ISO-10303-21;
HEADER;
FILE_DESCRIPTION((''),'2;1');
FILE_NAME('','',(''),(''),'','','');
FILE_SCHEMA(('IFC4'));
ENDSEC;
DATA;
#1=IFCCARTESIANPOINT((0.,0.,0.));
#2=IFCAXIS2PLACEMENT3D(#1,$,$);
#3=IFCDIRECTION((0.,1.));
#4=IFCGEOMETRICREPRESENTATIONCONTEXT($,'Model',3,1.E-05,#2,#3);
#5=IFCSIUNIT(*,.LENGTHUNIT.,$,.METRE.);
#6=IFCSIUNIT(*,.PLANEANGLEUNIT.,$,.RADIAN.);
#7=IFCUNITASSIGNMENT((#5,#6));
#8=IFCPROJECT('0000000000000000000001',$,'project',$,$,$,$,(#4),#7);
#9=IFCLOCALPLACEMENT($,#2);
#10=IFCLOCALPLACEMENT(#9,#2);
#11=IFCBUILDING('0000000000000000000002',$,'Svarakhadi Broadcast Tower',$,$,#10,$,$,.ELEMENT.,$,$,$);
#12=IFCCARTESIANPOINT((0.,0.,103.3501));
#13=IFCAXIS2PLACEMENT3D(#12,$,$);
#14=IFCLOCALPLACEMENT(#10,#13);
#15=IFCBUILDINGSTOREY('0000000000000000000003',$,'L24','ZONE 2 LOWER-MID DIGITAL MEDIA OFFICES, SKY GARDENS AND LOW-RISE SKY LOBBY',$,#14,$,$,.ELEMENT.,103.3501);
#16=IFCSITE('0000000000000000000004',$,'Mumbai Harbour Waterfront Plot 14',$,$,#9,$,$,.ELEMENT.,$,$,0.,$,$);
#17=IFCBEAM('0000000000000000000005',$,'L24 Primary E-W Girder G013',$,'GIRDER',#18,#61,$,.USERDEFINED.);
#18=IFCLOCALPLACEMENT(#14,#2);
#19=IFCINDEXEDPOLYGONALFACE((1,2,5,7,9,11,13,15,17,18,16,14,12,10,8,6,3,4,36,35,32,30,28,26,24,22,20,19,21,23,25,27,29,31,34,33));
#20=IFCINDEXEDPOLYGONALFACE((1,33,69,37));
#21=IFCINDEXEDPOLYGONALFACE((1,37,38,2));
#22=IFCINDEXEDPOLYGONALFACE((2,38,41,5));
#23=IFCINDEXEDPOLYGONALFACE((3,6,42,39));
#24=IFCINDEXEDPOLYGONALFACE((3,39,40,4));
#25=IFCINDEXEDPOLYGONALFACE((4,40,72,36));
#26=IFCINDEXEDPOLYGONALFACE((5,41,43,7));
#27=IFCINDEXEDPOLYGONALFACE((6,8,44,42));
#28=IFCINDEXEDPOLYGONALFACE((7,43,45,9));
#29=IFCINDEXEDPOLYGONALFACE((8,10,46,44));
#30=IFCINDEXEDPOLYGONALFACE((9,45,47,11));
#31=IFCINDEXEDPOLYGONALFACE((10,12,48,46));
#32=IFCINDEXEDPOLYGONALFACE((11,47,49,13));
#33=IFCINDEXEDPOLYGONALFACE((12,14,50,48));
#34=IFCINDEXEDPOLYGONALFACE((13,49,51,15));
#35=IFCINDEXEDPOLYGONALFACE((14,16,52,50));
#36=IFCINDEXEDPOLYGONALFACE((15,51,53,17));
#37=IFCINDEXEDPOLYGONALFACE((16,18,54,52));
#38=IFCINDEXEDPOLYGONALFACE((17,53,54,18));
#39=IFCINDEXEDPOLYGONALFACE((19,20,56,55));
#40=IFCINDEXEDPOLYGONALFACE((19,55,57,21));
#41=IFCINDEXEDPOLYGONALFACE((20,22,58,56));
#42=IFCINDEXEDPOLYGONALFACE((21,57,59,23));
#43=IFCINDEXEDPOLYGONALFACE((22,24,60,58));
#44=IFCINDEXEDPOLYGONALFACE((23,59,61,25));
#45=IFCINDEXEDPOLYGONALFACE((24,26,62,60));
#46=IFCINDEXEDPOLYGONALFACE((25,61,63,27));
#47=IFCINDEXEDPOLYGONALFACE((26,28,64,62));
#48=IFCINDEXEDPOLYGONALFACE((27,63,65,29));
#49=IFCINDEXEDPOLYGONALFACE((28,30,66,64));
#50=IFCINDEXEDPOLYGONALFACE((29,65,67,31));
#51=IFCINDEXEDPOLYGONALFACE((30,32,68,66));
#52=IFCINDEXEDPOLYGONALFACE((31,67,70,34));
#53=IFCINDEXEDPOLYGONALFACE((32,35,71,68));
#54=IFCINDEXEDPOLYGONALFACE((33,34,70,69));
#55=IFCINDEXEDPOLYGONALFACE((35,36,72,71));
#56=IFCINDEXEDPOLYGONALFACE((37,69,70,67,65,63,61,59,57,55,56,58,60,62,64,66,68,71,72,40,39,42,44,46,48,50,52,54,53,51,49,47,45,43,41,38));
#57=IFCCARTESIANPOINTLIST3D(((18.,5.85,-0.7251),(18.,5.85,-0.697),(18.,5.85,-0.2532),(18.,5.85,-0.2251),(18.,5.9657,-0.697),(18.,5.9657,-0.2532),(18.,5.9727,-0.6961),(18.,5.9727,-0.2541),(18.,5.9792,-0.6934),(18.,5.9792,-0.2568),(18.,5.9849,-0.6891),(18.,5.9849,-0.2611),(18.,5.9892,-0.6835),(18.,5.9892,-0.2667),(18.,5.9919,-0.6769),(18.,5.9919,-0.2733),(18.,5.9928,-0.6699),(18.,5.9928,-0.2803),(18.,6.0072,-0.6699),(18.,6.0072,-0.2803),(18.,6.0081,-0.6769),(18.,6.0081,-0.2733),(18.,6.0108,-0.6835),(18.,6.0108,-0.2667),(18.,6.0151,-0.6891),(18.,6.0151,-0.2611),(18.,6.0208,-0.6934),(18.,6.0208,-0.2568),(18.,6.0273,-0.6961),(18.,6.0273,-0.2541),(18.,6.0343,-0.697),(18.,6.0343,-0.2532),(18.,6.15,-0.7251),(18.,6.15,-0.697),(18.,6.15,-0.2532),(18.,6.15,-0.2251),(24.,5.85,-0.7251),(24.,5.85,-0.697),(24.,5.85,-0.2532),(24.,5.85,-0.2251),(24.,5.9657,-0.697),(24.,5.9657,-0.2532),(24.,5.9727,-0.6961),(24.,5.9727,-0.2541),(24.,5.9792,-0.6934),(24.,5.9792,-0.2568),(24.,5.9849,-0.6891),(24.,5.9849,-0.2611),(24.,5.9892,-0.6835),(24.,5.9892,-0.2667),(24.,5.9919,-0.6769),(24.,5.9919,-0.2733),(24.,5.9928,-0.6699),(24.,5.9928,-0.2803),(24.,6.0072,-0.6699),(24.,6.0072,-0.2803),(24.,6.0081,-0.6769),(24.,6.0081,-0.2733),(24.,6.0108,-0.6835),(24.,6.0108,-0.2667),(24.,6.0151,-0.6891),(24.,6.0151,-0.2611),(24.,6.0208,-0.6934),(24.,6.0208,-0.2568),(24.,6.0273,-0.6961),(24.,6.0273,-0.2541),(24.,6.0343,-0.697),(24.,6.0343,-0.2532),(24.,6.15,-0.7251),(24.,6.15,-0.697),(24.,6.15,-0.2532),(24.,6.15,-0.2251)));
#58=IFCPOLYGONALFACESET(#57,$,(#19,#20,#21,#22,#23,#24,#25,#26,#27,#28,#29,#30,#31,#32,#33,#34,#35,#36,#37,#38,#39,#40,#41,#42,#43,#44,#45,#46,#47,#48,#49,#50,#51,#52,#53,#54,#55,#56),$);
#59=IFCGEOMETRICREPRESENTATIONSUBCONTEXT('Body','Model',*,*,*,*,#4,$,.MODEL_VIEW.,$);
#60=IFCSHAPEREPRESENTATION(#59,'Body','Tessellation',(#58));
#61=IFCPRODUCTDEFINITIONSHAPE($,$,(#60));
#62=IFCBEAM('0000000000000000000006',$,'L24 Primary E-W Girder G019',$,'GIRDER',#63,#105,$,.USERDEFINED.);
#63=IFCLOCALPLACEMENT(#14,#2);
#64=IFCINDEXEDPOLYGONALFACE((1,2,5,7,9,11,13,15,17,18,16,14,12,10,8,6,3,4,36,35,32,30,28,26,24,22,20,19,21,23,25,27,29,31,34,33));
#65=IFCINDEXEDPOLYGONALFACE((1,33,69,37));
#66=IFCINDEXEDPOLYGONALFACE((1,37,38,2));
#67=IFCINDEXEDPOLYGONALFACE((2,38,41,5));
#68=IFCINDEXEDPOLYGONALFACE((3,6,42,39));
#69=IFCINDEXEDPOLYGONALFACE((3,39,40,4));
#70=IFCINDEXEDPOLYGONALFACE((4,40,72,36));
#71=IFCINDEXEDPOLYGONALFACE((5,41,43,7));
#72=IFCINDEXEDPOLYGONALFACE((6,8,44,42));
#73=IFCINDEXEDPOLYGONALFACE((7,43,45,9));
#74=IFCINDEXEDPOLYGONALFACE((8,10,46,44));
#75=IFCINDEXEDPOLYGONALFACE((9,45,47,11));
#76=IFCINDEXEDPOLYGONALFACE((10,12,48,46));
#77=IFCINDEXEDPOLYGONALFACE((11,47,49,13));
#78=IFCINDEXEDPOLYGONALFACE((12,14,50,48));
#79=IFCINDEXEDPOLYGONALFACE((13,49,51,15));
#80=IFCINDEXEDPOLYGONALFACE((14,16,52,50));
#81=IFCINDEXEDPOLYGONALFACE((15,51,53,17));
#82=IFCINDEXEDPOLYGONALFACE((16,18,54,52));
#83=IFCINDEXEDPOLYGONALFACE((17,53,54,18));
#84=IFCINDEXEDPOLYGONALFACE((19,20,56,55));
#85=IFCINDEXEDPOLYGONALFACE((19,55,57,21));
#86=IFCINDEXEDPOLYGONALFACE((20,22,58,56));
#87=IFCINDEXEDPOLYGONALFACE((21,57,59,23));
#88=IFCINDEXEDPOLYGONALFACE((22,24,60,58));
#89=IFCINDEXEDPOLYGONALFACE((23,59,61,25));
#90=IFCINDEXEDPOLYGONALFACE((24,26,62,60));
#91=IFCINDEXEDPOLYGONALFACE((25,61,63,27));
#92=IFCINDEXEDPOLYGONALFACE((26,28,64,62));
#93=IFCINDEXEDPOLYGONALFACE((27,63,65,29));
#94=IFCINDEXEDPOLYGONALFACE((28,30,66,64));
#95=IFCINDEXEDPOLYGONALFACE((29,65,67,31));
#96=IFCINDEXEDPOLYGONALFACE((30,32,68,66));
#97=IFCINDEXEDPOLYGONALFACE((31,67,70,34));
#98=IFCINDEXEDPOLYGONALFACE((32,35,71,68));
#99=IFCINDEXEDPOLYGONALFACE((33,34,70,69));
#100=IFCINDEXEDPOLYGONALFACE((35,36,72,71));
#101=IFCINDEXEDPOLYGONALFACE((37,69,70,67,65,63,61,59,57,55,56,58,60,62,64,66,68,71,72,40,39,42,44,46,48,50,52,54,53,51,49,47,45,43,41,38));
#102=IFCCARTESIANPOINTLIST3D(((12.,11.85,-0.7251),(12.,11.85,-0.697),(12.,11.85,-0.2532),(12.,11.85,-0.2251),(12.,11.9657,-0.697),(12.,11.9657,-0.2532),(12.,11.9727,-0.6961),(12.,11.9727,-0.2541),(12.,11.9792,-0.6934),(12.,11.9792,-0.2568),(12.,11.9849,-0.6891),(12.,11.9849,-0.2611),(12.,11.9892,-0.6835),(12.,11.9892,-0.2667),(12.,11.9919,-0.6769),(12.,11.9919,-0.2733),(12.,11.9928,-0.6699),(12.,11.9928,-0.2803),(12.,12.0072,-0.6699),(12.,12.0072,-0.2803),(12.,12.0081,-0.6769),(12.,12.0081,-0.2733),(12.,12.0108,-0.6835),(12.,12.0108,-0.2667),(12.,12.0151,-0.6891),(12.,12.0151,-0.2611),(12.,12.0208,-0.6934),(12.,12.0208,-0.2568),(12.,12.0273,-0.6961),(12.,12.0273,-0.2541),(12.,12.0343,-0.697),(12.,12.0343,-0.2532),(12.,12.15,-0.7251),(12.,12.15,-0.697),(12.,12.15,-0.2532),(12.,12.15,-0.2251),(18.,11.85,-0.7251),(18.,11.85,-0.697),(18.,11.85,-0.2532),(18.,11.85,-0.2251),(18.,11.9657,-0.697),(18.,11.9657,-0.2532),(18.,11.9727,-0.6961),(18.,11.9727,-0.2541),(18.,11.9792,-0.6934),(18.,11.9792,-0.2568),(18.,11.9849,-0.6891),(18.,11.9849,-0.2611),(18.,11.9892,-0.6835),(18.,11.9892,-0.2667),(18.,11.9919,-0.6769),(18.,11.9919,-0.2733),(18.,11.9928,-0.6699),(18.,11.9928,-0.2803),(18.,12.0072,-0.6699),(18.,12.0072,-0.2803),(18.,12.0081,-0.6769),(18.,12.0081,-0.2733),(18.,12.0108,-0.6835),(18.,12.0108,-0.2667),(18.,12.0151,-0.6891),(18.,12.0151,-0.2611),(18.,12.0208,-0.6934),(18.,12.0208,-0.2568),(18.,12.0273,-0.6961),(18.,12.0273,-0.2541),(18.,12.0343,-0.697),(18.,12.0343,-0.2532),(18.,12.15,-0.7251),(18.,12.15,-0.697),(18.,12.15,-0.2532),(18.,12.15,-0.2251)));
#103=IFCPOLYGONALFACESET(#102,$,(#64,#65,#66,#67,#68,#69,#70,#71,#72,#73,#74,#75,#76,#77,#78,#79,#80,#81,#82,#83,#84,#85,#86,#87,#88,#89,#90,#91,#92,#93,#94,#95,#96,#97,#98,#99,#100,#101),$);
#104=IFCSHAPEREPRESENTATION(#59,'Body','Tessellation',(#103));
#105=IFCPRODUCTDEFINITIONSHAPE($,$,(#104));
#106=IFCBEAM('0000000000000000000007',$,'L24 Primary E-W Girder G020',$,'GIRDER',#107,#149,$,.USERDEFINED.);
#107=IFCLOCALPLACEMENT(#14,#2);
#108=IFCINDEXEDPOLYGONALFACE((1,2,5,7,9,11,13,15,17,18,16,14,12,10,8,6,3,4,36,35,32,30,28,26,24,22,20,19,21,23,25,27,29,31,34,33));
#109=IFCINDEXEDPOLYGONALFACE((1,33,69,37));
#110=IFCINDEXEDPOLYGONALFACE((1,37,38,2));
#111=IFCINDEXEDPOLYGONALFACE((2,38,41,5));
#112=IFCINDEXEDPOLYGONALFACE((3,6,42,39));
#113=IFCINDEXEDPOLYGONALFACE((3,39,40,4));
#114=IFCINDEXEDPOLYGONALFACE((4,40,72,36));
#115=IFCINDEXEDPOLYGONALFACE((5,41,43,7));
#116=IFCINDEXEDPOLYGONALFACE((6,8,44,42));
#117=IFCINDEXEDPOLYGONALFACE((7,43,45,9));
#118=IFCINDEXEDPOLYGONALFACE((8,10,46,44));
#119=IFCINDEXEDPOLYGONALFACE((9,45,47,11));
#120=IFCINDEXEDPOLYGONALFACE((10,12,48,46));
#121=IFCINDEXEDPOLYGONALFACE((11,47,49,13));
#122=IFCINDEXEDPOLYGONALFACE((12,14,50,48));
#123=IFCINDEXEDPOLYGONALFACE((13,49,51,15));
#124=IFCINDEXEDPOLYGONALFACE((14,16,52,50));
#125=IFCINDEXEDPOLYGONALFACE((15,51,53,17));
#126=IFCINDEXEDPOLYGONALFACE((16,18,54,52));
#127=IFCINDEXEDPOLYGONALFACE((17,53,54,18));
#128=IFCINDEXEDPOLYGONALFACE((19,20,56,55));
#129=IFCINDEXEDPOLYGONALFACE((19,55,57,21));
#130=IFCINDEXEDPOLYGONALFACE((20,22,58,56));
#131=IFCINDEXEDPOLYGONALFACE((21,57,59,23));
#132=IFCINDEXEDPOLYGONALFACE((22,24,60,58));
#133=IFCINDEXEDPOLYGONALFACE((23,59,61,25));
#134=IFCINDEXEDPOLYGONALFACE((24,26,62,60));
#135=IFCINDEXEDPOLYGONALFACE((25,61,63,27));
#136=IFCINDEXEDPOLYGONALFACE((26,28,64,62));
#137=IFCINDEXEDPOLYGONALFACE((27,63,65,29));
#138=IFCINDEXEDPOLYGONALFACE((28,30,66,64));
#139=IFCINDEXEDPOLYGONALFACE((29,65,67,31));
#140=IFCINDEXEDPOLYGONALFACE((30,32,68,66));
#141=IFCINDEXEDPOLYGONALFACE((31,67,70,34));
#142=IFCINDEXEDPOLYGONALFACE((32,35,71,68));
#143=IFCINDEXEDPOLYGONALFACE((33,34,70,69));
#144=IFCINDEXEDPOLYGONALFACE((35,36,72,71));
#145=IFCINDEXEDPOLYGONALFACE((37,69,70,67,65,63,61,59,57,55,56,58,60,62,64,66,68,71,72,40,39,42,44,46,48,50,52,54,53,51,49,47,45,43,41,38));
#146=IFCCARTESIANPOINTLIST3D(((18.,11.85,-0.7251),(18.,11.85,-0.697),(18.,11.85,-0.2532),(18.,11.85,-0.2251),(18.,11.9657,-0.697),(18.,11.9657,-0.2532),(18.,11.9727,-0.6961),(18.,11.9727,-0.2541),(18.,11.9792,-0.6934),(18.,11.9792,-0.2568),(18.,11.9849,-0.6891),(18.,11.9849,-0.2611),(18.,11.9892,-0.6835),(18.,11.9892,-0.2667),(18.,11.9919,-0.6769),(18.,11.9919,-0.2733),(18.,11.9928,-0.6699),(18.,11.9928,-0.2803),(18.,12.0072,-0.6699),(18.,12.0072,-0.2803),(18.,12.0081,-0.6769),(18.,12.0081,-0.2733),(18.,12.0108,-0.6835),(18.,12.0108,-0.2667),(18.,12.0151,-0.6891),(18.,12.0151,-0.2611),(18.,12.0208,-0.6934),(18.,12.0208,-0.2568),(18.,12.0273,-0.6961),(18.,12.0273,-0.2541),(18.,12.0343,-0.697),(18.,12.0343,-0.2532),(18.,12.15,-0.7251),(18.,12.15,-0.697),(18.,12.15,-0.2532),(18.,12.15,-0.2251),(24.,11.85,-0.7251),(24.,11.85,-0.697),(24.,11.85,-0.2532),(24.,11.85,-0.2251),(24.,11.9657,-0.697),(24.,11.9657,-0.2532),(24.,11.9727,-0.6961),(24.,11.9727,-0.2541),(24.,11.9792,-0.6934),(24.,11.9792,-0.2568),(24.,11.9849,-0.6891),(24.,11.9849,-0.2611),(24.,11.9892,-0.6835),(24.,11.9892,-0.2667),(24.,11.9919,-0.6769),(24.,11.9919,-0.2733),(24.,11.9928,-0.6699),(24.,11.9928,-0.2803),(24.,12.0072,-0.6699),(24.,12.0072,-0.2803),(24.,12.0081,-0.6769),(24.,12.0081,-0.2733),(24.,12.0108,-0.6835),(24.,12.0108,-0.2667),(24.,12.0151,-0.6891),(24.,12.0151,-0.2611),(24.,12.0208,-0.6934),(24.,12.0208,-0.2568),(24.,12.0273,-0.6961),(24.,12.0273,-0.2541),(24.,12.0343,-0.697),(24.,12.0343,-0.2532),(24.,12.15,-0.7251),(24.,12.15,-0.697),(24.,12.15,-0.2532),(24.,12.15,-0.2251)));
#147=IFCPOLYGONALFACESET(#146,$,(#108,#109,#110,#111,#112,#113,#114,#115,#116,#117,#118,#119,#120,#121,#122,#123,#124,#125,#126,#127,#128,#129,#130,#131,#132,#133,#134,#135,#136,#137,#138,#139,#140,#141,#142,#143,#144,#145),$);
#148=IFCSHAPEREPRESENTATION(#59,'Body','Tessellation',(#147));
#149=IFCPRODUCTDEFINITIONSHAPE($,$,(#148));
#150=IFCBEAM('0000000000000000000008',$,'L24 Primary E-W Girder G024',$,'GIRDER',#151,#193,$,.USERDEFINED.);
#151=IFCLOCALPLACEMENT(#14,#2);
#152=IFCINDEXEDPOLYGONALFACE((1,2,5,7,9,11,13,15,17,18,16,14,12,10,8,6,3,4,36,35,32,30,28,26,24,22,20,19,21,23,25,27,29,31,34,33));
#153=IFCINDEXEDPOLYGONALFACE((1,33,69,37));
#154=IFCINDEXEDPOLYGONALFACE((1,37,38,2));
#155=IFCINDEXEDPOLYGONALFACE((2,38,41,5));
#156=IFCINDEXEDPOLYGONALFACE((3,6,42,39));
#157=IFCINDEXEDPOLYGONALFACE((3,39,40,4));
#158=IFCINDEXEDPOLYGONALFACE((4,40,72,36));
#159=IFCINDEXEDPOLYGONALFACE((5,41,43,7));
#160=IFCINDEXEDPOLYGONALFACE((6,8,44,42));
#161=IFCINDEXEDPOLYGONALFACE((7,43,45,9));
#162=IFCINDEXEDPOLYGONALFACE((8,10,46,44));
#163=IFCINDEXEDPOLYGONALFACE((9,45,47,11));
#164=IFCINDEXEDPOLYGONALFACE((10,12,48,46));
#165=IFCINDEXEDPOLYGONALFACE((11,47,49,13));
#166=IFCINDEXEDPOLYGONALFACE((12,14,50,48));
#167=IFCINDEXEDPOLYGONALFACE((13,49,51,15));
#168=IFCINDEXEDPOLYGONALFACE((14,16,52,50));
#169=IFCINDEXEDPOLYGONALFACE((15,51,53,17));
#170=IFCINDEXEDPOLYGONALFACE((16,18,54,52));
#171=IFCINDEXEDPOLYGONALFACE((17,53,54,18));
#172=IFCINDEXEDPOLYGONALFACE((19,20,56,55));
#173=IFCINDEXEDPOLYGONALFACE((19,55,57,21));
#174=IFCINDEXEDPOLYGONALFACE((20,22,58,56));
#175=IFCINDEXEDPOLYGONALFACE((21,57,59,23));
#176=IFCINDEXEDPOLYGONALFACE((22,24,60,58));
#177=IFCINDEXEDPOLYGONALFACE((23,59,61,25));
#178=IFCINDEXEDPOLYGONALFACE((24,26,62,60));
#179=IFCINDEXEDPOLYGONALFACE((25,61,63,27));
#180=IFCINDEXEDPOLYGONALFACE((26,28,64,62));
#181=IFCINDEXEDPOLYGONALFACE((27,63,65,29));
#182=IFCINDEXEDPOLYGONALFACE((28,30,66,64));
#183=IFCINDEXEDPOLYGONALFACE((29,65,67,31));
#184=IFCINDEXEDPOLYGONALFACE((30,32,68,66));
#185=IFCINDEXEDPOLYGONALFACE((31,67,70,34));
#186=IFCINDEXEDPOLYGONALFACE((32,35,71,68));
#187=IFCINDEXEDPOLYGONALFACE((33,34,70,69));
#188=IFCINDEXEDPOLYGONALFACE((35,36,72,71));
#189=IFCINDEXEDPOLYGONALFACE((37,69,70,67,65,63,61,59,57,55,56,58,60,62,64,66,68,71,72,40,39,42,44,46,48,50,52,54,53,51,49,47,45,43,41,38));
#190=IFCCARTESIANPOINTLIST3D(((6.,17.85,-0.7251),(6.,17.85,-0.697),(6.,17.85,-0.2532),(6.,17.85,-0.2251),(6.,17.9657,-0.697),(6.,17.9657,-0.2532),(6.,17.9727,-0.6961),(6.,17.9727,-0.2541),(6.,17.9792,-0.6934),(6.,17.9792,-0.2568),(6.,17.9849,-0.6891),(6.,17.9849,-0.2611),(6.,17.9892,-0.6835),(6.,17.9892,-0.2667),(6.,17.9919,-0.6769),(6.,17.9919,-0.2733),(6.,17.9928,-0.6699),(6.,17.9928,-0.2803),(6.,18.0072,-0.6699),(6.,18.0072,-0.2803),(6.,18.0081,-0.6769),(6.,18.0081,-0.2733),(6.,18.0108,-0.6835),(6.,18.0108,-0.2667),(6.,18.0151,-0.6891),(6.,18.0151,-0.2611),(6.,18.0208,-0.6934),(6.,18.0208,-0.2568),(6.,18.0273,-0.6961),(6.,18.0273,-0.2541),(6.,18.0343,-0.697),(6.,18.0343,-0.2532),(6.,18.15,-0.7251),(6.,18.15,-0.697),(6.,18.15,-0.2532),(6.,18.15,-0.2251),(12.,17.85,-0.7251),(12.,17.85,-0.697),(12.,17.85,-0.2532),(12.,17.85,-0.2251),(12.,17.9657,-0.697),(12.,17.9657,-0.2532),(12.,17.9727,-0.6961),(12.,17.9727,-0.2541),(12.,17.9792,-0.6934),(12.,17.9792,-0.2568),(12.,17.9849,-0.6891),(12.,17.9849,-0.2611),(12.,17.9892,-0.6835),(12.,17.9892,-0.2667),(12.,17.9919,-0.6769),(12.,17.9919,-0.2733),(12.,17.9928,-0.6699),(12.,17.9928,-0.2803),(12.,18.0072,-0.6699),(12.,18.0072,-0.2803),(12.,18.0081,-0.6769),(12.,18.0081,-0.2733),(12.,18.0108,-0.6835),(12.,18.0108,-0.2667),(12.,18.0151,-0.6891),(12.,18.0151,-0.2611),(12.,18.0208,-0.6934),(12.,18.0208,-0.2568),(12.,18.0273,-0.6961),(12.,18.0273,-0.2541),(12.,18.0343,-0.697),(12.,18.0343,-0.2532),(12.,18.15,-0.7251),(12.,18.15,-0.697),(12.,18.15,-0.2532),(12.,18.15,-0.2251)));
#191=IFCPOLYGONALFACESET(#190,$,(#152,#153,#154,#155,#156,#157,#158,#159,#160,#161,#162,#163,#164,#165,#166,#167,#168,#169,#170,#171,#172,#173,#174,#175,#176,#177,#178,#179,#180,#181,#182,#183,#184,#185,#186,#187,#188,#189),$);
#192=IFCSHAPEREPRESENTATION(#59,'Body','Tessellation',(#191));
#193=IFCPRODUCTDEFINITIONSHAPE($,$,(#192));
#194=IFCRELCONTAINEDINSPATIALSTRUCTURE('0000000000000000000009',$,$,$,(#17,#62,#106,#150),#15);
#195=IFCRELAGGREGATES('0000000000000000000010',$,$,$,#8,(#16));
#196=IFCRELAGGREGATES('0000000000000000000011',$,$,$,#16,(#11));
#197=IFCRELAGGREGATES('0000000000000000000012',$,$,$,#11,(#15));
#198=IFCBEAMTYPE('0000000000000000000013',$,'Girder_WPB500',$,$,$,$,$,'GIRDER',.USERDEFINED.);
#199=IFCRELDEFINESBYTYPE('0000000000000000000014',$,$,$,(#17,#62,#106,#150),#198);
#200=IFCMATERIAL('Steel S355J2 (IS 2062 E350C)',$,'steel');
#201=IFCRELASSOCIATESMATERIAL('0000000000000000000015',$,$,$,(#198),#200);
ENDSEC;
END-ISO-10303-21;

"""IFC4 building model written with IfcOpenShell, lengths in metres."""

from ifc_helpers import new_model, si_unit, direction, frame, origin, origin_2d, place, context, subcontext, project, spatial, i_section, extrude, material, material_profile, profile_set, type_object, element, save


model = new_model("IFC4")

# Units and contexts
model_context = context("Model", 3, precision=1e-05, world=origin(), true_north=direction((0.0, 1.0)))
body_context = subcontext(model_context, "Body", "Model", "MODEL_VIEW")
ifc_project = project(units=[si_unit("LENGTHUNIT", "METRE"), si_unit("PLANEANGLEUNIT", "RADIAN")], contexts=[model_context])

# Site, building, storey
site_placement = place(None, origin())
site = spatial("IfcSite", under=ifc_project, at=site_placement, Name="Mumbai Harbour Waterfront Plot 14", CompositionType="ELEMENT", RefElevation=0.0)
building_placement = place(site_placement, origin())
building = spatial("IfcBuilding", under=site, at=building_placement, Name="Svarakhadi Broadcast Tower", CompositionType="ELEMENT")
storey_placement = place(building_placement, frame((0.0, 0.0, 103.3501)))
storey = spatial("IfcBuildingStorey", under=building, at=storey_placement, Name="L24", Description="ZONE 2 LOWER-MID DIGITAL MEDIA OFFICES, SKY GARDENS AND LOW-RISE SKY LOBBY", CompositionType="ELEMENT", Elevation=103.3501)

# Beams
ifc_material_1 = material(Name="Steel S355J2 (IS 2062 E350C)", Category="steel")
ifc_material_profile_1 = material_profile(ifc_material_1, i_section(OverallWidth=0.3, OverallDepth=0.5, WebThickness=0.0144, FlangeThickness=0.0281, FilletRadius=0.0271, at=origin_2d()), Name="WPB 500x300x187")
ifc_profile_set_1 = profile_set([ifc_material_profile_1], Name="Steel S355J2 (IS 2062 E350C)")
beam_type_1 = type_object("IfcBeamType", Name="Girder_WPB500", ElementType="GIRDER", PredefinedType="USERDEFINED", material=ifc_profile_set_1)
for number, where, z_axis, x_axis, name in (
    (1, (18.0, 6.0, -0.4751), (1.0, 0.0, 0.0), (0.0, 1.0, 0.0), "L24 Primary E-W Girder G013"),
    (2, (12.0, 12.0, -0.4751), (1.0, 0.0, 0.0), (0.0, 1.0, 0.0), "L24 Primary E-W Girder G019"),
    (3, (18.0, 12.0, -0.4751), (1.0, 0.0, 0.0), (0.0, 1.0, 0.0), "L24 Primary E-W Girder G020"),
    (4, (6.0, 18.0, -0.4751), (1.0, 0.0, 0.0), (0.0, 1.0, 0.0), "L24 Primary E-W Girder G024"),
):
    element("IfcBeam", number, at=place(storey_placement, frame(where, z_axis=z_axis, x_axis=x_axis)), inside=storey, type_object=beam_type_1, Name=name, ObjectType="GIRDER", PredefinedType="USERDEFINED", context=body_context, shape_type="SweptSolid", body=[
        extrude(i_section(OverallWidth=0.3, OverallDepth=0.5, WebThickness=0.0144, FlangeThickness=0.0281, FilletRadius=0.0271, at=origin_2d()), origin(), (0.0, 0.0, 1.0), 6.0),
    ])

save(model, "model.ifc")
